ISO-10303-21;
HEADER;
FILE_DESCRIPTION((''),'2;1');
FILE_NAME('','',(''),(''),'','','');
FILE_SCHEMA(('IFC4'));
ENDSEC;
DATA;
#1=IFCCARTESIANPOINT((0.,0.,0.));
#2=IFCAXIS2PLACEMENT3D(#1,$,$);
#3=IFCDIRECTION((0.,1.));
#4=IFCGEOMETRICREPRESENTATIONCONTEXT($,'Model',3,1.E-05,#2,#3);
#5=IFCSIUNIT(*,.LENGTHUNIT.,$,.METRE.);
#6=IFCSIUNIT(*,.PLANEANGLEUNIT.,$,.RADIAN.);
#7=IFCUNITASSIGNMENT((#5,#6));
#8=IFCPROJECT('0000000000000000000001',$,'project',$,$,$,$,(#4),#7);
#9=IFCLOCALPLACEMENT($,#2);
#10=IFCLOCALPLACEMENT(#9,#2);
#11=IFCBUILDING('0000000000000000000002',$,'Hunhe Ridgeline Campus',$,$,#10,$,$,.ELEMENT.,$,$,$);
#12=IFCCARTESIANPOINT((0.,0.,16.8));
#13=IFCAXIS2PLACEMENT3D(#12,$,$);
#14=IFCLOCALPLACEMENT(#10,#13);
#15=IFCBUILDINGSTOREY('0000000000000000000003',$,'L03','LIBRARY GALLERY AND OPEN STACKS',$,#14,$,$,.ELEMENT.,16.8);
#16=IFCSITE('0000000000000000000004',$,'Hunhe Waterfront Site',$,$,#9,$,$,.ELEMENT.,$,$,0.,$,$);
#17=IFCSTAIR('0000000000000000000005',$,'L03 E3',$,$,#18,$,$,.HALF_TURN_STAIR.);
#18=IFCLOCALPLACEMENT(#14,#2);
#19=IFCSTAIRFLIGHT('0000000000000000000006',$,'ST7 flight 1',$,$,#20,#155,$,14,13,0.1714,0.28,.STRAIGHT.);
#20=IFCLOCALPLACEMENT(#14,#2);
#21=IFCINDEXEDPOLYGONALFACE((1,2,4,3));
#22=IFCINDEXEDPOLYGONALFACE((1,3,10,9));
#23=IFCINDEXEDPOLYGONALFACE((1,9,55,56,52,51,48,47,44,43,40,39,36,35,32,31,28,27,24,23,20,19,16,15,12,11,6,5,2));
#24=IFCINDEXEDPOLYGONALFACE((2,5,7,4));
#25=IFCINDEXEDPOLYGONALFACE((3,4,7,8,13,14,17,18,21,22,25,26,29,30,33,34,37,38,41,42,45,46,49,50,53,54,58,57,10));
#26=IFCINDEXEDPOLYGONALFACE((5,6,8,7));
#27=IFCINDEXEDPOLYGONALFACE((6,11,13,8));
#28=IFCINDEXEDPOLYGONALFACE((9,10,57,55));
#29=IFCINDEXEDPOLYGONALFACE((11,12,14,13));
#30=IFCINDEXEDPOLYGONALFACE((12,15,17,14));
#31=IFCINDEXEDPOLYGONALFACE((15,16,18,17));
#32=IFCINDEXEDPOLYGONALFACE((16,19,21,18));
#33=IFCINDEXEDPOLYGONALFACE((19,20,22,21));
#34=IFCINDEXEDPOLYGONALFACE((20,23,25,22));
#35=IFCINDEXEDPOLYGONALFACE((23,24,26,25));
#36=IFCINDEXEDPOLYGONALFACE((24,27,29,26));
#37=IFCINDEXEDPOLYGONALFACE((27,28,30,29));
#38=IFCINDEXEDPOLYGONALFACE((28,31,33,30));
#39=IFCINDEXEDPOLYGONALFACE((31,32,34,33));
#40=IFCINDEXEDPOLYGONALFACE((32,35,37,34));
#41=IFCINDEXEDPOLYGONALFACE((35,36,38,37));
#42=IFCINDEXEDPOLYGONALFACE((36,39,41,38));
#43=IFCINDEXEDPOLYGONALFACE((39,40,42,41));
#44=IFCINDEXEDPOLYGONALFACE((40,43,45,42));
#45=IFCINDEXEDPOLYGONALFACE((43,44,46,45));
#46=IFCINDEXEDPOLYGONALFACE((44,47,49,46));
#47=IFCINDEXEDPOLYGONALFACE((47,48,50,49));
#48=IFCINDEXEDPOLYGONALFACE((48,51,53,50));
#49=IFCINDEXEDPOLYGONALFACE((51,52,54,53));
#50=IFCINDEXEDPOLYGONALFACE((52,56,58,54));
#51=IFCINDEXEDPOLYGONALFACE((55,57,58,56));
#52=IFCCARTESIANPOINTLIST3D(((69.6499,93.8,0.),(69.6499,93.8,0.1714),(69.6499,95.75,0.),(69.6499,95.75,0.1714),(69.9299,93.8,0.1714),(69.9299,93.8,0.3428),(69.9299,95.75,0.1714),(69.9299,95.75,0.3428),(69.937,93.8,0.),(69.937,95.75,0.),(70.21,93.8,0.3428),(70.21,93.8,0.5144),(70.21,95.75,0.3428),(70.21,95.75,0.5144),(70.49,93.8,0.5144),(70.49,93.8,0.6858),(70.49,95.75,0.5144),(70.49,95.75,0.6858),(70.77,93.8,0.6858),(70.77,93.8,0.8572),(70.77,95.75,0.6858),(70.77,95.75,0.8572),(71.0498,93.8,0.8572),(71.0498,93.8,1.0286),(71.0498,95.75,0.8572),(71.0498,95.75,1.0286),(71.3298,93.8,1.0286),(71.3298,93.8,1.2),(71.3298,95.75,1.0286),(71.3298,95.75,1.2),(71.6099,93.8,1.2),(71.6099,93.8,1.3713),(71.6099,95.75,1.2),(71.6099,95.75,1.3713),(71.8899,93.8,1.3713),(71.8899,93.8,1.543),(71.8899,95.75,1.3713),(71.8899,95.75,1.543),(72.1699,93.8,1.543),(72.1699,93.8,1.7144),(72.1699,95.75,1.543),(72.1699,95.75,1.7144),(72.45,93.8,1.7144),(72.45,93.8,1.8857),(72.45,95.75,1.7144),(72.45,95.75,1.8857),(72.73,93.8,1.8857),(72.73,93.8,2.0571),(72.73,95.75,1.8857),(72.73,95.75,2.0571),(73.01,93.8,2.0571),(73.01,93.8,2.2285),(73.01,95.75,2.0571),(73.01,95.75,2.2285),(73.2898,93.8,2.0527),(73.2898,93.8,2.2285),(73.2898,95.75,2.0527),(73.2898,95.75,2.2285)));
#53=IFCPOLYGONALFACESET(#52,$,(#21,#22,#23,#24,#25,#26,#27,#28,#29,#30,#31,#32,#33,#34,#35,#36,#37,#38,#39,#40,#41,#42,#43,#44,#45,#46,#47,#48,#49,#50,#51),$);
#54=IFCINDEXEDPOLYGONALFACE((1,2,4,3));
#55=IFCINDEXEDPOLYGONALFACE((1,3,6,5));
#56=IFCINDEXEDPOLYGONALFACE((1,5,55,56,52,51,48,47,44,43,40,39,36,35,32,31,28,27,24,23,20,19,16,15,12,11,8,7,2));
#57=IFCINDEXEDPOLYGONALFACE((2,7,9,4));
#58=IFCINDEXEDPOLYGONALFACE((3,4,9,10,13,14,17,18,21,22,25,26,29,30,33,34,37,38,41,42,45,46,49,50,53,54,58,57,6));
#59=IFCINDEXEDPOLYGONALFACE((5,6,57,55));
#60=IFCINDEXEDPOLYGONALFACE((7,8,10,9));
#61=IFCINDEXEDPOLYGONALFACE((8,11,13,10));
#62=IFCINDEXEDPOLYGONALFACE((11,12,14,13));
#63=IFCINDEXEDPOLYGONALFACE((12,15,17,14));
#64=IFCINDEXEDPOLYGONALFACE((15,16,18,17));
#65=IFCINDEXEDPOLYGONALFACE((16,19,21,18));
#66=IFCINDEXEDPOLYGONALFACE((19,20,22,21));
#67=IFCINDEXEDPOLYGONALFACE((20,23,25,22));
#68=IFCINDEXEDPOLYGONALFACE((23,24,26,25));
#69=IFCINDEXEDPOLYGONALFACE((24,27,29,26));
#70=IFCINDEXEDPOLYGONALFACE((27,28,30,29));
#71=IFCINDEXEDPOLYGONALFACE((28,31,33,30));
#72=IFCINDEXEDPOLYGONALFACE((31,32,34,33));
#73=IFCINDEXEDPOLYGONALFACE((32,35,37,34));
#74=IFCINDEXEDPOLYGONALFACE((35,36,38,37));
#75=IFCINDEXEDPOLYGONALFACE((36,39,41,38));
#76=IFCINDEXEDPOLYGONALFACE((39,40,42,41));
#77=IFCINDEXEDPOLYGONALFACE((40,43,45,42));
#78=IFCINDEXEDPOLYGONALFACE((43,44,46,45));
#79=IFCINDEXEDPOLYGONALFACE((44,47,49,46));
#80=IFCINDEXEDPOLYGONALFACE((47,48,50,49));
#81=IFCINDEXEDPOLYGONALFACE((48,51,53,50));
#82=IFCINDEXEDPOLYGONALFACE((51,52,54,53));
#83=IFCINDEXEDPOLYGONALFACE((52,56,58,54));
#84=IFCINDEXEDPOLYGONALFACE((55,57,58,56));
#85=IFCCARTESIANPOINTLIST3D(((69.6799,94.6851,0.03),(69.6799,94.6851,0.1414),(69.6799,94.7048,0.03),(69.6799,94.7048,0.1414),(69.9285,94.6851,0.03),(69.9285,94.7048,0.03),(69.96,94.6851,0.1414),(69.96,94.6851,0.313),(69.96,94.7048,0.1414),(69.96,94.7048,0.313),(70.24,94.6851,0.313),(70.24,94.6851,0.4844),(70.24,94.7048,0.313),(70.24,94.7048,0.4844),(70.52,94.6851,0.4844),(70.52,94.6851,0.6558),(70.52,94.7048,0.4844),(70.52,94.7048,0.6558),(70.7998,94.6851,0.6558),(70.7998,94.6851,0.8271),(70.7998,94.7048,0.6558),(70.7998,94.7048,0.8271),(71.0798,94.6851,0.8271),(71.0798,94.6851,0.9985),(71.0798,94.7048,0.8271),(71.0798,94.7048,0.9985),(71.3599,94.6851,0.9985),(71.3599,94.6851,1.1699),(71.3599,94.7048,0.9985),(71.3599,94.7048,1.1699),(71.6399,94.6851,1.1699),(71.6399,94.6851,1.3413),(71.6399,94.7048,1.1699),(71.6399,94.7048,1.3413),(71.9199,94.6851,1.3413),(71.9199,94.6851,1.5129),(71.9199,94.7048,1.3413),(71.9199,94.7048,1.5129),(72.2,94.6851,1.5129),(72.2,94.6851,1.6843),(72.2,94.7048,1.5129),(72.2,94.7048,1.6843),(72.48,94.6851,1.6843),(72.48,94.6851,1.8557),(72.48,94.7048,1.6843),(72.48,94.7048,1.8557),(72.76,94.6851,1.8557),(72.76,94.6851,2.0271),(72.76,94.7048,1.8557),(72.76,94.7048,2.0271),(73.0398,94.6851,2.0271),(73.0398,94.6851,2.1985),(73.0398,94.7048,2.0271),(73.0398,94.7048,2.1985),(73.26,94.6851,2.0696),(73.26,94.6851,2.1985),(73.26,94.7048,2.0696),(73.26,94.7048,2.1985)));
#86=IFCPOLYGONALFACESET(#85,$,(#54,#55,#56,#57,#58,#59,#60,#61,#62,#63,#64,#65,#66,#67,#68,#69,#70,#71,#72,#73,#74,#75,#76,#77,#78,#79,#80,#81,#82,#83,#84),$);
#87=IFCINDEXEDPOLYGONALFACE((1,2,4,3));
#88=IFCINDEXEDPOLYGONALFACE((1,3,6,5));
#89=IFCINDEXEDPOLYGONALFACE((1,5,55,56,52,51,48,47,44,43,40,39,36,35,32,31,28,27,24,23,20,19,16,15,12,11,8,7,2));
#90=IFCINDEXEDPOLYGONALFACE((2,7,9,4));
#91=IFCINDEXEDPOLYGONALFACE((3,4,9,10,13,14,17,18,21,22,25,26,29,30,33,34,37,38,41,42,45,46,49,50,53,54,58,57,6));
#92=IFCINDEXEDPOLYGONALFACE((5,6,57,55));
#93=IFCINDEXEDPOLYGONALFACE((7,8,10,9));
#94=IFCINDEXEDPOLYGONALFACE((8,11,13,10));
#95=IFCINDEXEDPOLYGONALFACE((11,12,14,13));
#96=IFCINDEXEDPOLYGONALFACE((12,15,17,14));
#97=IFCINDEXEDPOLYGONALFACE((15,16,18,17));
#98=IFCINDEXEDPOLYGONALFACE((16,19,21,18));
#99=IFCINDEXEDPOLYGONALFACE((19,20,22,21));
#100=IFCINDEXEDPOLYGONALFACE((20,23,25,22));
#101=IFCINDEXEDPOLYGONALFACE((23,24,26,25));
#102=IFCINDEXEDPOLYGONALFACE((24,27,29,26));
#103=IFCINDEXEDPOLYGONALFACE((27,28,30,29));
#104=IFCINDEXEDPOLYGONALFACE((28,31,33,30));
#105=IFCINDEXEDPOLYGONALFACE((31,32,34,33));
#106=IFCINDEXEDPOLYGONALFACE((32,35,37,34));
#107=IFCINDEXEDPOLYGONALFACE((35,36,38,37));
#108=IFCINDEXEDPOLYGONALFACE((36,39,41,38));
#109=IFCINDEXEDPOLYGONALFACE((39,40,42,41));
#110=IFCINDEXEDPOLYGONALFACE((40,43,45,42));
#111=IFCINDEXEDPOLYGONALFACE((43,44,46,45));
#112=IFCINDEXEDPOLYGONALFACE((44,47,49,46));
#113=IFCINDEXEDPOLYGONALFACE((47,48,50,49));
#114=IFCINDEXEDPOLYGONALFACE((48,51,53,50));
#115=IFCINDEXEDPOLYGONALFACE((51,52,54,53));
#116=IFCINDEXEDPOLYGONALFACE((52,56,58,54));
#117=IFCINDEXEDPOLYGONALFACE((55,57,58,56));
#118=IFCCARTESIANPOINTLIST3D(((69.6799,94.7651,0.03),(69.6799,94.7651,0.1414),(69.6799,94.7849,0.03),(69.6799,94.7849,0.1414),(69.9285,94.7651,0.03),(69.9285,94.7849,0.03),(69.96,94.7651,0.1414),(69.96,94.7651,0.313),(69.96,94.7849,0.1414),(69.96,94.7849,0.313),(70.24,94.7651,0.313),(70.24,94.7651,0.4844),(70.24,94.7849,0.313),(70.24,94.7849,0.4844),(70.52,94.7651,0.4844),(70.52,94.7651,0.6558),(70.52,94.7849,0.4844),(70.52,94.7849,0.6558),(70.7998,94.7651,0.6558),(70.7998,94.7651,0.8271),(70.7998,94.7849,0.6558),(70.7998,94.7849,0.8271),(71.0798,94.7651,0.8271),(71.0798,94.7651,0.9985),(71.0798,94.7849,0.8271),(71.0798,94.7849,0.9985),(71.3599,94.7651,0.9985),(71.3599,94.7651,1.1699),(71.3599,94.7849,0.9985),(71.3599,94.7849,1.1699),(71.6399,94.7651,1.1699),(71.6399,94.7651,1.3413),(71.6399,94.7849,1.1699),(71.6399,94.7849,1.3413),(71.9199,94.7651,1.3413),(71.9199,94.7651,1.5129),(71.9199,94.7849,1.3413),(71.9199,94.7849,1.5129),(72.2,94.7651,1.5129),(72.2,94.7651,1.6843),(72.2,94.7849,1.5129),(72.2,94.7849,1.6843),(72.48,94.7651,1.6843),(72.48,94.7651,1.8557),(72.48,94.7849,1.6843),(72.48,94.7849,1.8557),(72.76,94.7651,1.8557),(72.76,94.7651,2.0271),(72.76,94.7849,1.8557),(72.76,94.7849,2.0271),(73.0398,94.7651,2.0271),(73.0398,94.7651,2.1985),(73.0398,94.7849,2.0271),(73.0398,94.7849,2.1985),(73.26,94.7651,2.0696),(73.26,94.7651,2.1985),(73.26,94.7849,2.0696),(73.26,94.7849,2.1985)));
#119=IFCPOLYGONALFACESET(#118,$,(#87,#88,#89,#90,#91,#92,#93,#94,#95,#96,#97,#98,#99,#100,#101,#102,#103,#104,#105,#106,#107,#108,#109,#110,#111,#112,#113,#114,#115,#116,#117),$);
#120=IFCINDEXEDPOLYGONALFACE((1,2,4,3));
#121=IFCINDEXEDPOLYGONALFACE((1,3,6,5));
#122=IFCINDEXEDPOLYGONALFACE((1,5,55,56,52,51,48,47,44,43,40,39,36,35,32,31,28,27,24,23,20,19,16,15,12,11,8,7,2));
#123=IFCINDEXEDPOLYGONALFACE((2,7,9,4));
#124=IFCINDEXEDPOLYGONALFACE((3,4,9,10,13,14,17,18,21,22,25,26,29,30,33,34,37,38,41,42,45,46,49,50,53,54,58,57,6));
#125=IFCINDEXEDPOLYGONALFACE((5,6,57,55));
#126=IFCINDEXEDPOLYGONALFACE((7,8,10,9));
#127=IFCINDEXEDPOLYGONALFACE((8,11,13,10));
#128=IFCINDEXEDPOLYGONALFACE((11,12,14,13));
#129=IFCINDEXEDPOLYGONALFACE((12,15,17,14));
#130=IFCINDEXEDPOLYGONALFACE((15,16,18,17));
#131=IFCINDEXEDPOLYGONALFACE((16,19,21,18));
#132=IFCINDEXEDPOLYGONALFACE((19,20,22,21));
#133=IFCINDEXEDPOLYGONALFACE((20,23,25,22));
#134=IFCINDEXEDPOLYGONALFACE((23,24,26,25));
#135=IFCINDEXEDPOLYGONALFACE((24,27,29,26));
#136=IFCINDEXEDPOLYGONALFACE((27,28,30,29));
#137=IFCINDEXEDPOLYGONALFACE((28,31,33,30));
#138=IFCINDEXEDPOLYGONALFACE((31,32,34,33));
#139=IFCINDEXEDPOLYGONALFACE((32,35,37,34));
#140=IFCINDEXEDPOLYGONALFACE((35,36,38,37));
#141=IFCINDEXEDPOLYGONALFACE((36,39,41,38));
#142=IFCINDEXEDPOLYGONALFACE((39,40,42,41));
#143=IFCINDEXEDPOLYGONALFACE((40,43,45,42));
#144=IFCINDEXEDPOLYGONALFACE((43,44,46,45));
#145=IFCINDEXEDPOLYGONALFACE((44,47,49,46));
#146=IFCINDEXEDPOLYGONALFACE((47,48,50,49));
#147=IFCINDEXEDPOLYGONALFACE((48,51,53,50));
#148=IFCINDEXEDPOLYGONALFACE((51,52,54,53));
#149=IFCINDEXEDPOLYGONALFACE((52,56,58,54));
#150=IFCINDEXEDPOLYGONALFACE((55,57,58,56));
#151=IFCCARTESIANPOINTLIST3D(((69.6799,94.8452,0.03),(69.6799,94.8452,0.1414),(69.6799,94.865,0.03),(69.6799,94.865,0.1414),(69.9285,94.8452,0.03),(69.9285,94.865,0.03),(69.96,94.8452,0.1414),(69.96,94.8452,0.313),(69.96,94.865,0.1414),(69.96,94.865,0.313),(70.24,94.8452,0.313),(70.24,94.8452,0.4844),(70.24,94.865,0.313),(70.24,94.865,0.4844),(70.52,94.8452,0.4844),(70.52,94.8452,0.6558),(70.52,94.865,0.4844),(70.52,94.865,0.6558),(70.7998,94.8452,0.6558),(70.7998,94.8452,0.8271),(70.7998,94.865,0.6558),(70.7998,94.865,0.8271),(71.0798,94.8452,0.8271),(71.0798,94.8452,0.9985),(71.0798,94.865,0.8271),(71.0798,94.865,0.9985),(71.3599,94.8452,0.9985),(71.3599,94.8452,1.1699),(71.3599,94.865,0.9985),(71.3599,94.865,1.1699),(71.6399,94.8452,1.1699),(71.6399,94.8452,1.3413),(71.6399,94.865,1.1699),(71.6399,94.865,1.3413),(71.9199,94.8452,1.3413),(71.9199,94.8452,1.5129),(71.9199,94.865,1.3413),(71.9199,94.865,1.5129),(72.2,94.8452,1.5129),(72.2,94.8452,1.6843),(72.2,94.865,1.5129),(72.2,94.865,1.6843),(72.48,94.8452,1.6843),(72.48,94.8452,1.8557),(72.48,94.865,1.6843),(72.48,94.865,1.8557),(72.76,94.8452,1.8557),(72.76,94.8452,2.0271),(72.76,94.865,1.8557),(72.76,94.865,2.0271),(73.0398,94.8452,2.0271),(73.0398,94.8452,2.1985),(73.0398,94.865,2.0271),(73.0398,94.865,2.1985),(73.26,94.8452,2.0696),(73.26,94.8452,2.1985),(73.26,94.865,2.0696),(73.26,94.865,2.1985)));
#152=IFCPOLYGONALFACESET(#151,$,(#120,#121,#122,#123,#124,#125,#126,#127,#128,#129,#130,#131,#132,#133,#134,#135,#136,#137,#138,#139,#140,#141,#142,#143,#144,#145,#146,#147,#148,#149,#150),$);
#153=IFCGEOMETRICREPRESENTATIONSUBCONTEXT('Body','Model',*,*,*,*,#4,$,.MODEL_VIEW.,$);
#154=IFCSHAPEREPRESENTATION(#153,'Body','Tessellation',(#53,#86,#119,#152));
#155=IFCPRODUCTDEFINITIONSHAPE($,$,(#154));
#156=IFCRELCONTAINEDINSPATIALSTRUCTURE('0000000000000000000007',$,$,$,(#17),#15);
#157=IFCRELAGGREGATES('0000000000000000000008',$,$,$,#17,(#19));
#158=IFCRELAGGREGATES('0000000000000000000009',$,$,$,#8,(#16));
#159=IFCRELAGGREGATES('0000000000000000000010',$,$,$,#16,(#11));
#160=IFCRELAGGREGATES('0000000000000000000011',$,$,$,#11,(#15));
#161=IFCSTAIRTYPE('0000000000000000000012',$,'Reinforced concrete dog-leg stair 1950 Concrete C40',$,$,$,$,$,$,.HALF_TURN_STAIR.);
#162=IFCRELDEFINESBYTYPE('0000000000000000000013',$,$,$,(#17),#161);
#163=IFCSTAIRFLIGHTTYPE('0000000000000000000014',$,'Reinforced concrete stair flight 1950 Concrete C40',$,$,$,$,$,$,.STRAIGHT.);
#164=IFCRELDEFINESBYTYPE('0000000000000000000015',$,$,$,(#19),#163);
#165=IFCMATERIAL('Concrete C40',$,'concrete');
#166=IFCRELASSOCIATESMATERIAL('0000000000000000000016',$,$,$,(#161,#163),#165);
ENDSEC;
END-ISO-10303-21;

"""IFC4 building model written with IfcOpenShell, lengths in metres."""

from ifc_helpers import new_model, si_unit, direction, frame, origin, place, context, subcontext, project, spatial, polyline, outline, extrude, material, type_object, element, aggregate, save


model = new_model("IFC4")

# Units and contexts
model_context = context("Model", 3, precision=1e-05, world=origin(), true_north=direction((0.0, 1.0)))
body_context = subcontext(model_context, "Body", "Model", "MODEL_VIEW")
ifc_project = project(units=[si_unit("LENGTHUNIT", "METRE"), si_unit("PLANEANGLEUNIT", "RADIAN")], contexts=[model_context])

# Site, building, storey
site_placement = place(None, origin())
site = spatial("IfcSite", under=ifc_project, at=site_placement, Name="Hunhe Waterfront Site", CompositionType="ELEMENT", RefElevation=0.0)
building_placement = place(site_placement, origin())
building = spatial("IfcBuilding", under=site, at=building_placement, Name="Hunhe Ridgeline Campus", CompositionType="ELEMENT")
storey_placement = place(building_placement, frame((0.0, 0.0, 16.8)))
storey = spatial("IfcBuildingStorey", under=building, at=storey_placement, Name="L03", Description="LIBRARY GALLERY AND OPEN STACKS", CompositionType="ELEMENT", Elevation=16.8)

# Stair, stair flight
ifc_material_1 = material(Name="Concrete C40", Category="concrete")
stair_type = type_object("IfcStairType", Name="Reinforced concrete dog-leg stair 1950 Concrete C40", PredefinedType="HALF_TURN_STAIR", material=ifc_material_1)
stair_1_placement = place(storey_placement, origin())
stair_1 = element("IfcStair", 1, at=stair_1_placement, inside=storey, type_object=stair_type, Name="L03 E3", PredefinedType="HALF_TURN_STAIR")
stair_flight_type = type_object("IfcStairFlightType", Name="Reinforced concrete stair flight 1950 Concrete C40", PredefinedType="STRAIGHT", material=ifc_material_1)
stair_flight_1_placement = place(storey_placement, frame((69.6499, 94.7749, 0.0), z_axis=(0.0, 0.0, 1.0), x_axis=(1.0, 0.0, 0.0)))
stair_flight_1 = element("IfcStairFlight", 2, at=stair_flight_1_placement, type_object=stair_flight_type, Name="ST7 flight 1", NumberOfRisers=14, NumberOfTreads=13, PredefinedType="STRAIGHT", RiserHeight=0.1714, TreadLength=0.28, context=body_context, shape_type="SweptSolid", body=[
    extrude(outline(polyline([(0.0, 0.0), (0.0, 0.1714), (0.28, 0.1714), (0.28, 0.3428), (0.5601, 0.3428), (0.5601, 0.5144), (0.8401, 0.5144), (0.8401, 0.6858), (1.1201, 0.6858), (1.1201, 0.8572), (1.3999, 0.8572), (1.3999, 1.0286), (1.6799, 1.0286), (1.6799, 1.2), (1.96, 1.2), (1.96, 1.3713), (2.24, 1.3713), (2.24, 1.543), (2.52, 1.543), (2.52, 1.7144), (2.8, 1.7144), (2.8, 1.8857), (3.0801, 1.8857), (3.0801, 2.0571), (3.3601, 2.0571), (3.3601, 2.2285), (3.6399, 2.2285), (3.6399, 2.3999), (3.6399, 2.0527), (0.2871, 0.0), (0.0, 0.0)])), frame((0.0, 0.9751, 0.0), z_axis=(0.0, -1.0, 0.0), x_axis=(1.0, 0.0, 0.0)), (0.0, 0.0, 1.0), 1.95),
    extrude(outline(polyline([(0.03, 0.03), (0.03, 0.1414), (0.3101, 0.1414), (0.3101, 0.313), (0.5901, 0.313), (0.5901, 0.4844), (0.8701, 0.4844), (0.8701, 0.6558), (1.1499, 0.6558), (1.1499, 0.8271), (1.4299, 0.8271), (1.4299, 0.9985), (1.71, 0.9985), (1.71, 1.1699), (1.99, 1.1699), (1.99, 1.3413), (2.27, 1.3413), (2.27, 1.5129), (2.55, 1.5129), (2.55, 1.6843), (2.8301, 1.6843), (2.8301, 1.8557), (3.1101, 1.8557), (3.1101, 2.0271), (3.3899, 2.0271), (3.3899, 2.1985), (3.6101, 2.1985), (3.6101, 2.0696), (0.2786, 0.03), (0.03, 0.03)])), frame((0.0, -0.0701, 0.0), z_axis=(0.0, -1.0, 0.0), x_axis=(1.0, 0.0, 0.0)), (0.0, 0.0, 1.0), 0.0198),
    extrude(outline(polyline([(0.03, 0.03), (0.03, 0.1414), (0.3101, 0.1414), (0.3101, 0.313), (0.5901, 0.313), (0.5901, 0.4844), (0.8701, 0.4844), (0.8701, 0.6558), (1.1499, 0.6558), (1.1499, 0.8271), (1.4299, 0.8271), (1.4299, 0.9985), (1.71, 0.9985), (1.71, 1.1699), (1.99, 1.1699), (1.99, 1.3413), (2.27, 1.3413), (2.27, 1.5129), (2.55, 1.5129), (2.55, 1.6843), (2.8301, 1.6843), (2.8301, 1.8557), (3.1101, 1.8557), (3.1101, 2.0271), (3.3899, 2.0271), (3.3899, 2.1985), (3.6101, 2.1985), (3.6101, 2.0696), (0.2786, 0.03), (0.03, 0.03)])), frame((0.0, 0.01, 0.0), z_axis=(0.0, -1.0, 0.0), x_axis=(1.0, 0.0, 0.0)), (0.0, 0.0, 1.0), 0.0198),
    extrude(outline(polyline([(0.03, 0.03), (0.03, 0.1414), (0.3101, 0.1414), (0.3101, 0.313), (0.5901, 0.313), (0.5901, 0.4844), (0.8701, 0.4844), (0.8701, 0.6558), (1.1499, 0.6558), (1.1499, 0.8271), (1.4299, 0.8271), (1.4299, 0.9985), (1.71, 0.9985), (1.71, 1.1699), (1.99, 1.1699), (1.99, 1.3413), (2.27, 1.3413), (2.27, 1.5129), (2.55, 1.5129), (2.55, 1.6843), (2.8301, 1.6843), (2.8301, 1.8557), (3.1101, 1.8557), (3.1101, 2.0271), (3.3899, 2.0271), (3.3899, 2.1985), (3.6101, 2.1985), (3.6101, 2.0696), (0.2786, 0.03), (0.03, 0.03)])), frame((0.0, 0.0901, 0.0), z_axis=(0.0, -1.0, 0.0), x_axis=(1.0, 0.0, 0.0)), (0.0, 0.0, 1.0), 0.0198),
])
aggregate(stair_1, [stair_flight_1])

save(model, "model.ifc")
